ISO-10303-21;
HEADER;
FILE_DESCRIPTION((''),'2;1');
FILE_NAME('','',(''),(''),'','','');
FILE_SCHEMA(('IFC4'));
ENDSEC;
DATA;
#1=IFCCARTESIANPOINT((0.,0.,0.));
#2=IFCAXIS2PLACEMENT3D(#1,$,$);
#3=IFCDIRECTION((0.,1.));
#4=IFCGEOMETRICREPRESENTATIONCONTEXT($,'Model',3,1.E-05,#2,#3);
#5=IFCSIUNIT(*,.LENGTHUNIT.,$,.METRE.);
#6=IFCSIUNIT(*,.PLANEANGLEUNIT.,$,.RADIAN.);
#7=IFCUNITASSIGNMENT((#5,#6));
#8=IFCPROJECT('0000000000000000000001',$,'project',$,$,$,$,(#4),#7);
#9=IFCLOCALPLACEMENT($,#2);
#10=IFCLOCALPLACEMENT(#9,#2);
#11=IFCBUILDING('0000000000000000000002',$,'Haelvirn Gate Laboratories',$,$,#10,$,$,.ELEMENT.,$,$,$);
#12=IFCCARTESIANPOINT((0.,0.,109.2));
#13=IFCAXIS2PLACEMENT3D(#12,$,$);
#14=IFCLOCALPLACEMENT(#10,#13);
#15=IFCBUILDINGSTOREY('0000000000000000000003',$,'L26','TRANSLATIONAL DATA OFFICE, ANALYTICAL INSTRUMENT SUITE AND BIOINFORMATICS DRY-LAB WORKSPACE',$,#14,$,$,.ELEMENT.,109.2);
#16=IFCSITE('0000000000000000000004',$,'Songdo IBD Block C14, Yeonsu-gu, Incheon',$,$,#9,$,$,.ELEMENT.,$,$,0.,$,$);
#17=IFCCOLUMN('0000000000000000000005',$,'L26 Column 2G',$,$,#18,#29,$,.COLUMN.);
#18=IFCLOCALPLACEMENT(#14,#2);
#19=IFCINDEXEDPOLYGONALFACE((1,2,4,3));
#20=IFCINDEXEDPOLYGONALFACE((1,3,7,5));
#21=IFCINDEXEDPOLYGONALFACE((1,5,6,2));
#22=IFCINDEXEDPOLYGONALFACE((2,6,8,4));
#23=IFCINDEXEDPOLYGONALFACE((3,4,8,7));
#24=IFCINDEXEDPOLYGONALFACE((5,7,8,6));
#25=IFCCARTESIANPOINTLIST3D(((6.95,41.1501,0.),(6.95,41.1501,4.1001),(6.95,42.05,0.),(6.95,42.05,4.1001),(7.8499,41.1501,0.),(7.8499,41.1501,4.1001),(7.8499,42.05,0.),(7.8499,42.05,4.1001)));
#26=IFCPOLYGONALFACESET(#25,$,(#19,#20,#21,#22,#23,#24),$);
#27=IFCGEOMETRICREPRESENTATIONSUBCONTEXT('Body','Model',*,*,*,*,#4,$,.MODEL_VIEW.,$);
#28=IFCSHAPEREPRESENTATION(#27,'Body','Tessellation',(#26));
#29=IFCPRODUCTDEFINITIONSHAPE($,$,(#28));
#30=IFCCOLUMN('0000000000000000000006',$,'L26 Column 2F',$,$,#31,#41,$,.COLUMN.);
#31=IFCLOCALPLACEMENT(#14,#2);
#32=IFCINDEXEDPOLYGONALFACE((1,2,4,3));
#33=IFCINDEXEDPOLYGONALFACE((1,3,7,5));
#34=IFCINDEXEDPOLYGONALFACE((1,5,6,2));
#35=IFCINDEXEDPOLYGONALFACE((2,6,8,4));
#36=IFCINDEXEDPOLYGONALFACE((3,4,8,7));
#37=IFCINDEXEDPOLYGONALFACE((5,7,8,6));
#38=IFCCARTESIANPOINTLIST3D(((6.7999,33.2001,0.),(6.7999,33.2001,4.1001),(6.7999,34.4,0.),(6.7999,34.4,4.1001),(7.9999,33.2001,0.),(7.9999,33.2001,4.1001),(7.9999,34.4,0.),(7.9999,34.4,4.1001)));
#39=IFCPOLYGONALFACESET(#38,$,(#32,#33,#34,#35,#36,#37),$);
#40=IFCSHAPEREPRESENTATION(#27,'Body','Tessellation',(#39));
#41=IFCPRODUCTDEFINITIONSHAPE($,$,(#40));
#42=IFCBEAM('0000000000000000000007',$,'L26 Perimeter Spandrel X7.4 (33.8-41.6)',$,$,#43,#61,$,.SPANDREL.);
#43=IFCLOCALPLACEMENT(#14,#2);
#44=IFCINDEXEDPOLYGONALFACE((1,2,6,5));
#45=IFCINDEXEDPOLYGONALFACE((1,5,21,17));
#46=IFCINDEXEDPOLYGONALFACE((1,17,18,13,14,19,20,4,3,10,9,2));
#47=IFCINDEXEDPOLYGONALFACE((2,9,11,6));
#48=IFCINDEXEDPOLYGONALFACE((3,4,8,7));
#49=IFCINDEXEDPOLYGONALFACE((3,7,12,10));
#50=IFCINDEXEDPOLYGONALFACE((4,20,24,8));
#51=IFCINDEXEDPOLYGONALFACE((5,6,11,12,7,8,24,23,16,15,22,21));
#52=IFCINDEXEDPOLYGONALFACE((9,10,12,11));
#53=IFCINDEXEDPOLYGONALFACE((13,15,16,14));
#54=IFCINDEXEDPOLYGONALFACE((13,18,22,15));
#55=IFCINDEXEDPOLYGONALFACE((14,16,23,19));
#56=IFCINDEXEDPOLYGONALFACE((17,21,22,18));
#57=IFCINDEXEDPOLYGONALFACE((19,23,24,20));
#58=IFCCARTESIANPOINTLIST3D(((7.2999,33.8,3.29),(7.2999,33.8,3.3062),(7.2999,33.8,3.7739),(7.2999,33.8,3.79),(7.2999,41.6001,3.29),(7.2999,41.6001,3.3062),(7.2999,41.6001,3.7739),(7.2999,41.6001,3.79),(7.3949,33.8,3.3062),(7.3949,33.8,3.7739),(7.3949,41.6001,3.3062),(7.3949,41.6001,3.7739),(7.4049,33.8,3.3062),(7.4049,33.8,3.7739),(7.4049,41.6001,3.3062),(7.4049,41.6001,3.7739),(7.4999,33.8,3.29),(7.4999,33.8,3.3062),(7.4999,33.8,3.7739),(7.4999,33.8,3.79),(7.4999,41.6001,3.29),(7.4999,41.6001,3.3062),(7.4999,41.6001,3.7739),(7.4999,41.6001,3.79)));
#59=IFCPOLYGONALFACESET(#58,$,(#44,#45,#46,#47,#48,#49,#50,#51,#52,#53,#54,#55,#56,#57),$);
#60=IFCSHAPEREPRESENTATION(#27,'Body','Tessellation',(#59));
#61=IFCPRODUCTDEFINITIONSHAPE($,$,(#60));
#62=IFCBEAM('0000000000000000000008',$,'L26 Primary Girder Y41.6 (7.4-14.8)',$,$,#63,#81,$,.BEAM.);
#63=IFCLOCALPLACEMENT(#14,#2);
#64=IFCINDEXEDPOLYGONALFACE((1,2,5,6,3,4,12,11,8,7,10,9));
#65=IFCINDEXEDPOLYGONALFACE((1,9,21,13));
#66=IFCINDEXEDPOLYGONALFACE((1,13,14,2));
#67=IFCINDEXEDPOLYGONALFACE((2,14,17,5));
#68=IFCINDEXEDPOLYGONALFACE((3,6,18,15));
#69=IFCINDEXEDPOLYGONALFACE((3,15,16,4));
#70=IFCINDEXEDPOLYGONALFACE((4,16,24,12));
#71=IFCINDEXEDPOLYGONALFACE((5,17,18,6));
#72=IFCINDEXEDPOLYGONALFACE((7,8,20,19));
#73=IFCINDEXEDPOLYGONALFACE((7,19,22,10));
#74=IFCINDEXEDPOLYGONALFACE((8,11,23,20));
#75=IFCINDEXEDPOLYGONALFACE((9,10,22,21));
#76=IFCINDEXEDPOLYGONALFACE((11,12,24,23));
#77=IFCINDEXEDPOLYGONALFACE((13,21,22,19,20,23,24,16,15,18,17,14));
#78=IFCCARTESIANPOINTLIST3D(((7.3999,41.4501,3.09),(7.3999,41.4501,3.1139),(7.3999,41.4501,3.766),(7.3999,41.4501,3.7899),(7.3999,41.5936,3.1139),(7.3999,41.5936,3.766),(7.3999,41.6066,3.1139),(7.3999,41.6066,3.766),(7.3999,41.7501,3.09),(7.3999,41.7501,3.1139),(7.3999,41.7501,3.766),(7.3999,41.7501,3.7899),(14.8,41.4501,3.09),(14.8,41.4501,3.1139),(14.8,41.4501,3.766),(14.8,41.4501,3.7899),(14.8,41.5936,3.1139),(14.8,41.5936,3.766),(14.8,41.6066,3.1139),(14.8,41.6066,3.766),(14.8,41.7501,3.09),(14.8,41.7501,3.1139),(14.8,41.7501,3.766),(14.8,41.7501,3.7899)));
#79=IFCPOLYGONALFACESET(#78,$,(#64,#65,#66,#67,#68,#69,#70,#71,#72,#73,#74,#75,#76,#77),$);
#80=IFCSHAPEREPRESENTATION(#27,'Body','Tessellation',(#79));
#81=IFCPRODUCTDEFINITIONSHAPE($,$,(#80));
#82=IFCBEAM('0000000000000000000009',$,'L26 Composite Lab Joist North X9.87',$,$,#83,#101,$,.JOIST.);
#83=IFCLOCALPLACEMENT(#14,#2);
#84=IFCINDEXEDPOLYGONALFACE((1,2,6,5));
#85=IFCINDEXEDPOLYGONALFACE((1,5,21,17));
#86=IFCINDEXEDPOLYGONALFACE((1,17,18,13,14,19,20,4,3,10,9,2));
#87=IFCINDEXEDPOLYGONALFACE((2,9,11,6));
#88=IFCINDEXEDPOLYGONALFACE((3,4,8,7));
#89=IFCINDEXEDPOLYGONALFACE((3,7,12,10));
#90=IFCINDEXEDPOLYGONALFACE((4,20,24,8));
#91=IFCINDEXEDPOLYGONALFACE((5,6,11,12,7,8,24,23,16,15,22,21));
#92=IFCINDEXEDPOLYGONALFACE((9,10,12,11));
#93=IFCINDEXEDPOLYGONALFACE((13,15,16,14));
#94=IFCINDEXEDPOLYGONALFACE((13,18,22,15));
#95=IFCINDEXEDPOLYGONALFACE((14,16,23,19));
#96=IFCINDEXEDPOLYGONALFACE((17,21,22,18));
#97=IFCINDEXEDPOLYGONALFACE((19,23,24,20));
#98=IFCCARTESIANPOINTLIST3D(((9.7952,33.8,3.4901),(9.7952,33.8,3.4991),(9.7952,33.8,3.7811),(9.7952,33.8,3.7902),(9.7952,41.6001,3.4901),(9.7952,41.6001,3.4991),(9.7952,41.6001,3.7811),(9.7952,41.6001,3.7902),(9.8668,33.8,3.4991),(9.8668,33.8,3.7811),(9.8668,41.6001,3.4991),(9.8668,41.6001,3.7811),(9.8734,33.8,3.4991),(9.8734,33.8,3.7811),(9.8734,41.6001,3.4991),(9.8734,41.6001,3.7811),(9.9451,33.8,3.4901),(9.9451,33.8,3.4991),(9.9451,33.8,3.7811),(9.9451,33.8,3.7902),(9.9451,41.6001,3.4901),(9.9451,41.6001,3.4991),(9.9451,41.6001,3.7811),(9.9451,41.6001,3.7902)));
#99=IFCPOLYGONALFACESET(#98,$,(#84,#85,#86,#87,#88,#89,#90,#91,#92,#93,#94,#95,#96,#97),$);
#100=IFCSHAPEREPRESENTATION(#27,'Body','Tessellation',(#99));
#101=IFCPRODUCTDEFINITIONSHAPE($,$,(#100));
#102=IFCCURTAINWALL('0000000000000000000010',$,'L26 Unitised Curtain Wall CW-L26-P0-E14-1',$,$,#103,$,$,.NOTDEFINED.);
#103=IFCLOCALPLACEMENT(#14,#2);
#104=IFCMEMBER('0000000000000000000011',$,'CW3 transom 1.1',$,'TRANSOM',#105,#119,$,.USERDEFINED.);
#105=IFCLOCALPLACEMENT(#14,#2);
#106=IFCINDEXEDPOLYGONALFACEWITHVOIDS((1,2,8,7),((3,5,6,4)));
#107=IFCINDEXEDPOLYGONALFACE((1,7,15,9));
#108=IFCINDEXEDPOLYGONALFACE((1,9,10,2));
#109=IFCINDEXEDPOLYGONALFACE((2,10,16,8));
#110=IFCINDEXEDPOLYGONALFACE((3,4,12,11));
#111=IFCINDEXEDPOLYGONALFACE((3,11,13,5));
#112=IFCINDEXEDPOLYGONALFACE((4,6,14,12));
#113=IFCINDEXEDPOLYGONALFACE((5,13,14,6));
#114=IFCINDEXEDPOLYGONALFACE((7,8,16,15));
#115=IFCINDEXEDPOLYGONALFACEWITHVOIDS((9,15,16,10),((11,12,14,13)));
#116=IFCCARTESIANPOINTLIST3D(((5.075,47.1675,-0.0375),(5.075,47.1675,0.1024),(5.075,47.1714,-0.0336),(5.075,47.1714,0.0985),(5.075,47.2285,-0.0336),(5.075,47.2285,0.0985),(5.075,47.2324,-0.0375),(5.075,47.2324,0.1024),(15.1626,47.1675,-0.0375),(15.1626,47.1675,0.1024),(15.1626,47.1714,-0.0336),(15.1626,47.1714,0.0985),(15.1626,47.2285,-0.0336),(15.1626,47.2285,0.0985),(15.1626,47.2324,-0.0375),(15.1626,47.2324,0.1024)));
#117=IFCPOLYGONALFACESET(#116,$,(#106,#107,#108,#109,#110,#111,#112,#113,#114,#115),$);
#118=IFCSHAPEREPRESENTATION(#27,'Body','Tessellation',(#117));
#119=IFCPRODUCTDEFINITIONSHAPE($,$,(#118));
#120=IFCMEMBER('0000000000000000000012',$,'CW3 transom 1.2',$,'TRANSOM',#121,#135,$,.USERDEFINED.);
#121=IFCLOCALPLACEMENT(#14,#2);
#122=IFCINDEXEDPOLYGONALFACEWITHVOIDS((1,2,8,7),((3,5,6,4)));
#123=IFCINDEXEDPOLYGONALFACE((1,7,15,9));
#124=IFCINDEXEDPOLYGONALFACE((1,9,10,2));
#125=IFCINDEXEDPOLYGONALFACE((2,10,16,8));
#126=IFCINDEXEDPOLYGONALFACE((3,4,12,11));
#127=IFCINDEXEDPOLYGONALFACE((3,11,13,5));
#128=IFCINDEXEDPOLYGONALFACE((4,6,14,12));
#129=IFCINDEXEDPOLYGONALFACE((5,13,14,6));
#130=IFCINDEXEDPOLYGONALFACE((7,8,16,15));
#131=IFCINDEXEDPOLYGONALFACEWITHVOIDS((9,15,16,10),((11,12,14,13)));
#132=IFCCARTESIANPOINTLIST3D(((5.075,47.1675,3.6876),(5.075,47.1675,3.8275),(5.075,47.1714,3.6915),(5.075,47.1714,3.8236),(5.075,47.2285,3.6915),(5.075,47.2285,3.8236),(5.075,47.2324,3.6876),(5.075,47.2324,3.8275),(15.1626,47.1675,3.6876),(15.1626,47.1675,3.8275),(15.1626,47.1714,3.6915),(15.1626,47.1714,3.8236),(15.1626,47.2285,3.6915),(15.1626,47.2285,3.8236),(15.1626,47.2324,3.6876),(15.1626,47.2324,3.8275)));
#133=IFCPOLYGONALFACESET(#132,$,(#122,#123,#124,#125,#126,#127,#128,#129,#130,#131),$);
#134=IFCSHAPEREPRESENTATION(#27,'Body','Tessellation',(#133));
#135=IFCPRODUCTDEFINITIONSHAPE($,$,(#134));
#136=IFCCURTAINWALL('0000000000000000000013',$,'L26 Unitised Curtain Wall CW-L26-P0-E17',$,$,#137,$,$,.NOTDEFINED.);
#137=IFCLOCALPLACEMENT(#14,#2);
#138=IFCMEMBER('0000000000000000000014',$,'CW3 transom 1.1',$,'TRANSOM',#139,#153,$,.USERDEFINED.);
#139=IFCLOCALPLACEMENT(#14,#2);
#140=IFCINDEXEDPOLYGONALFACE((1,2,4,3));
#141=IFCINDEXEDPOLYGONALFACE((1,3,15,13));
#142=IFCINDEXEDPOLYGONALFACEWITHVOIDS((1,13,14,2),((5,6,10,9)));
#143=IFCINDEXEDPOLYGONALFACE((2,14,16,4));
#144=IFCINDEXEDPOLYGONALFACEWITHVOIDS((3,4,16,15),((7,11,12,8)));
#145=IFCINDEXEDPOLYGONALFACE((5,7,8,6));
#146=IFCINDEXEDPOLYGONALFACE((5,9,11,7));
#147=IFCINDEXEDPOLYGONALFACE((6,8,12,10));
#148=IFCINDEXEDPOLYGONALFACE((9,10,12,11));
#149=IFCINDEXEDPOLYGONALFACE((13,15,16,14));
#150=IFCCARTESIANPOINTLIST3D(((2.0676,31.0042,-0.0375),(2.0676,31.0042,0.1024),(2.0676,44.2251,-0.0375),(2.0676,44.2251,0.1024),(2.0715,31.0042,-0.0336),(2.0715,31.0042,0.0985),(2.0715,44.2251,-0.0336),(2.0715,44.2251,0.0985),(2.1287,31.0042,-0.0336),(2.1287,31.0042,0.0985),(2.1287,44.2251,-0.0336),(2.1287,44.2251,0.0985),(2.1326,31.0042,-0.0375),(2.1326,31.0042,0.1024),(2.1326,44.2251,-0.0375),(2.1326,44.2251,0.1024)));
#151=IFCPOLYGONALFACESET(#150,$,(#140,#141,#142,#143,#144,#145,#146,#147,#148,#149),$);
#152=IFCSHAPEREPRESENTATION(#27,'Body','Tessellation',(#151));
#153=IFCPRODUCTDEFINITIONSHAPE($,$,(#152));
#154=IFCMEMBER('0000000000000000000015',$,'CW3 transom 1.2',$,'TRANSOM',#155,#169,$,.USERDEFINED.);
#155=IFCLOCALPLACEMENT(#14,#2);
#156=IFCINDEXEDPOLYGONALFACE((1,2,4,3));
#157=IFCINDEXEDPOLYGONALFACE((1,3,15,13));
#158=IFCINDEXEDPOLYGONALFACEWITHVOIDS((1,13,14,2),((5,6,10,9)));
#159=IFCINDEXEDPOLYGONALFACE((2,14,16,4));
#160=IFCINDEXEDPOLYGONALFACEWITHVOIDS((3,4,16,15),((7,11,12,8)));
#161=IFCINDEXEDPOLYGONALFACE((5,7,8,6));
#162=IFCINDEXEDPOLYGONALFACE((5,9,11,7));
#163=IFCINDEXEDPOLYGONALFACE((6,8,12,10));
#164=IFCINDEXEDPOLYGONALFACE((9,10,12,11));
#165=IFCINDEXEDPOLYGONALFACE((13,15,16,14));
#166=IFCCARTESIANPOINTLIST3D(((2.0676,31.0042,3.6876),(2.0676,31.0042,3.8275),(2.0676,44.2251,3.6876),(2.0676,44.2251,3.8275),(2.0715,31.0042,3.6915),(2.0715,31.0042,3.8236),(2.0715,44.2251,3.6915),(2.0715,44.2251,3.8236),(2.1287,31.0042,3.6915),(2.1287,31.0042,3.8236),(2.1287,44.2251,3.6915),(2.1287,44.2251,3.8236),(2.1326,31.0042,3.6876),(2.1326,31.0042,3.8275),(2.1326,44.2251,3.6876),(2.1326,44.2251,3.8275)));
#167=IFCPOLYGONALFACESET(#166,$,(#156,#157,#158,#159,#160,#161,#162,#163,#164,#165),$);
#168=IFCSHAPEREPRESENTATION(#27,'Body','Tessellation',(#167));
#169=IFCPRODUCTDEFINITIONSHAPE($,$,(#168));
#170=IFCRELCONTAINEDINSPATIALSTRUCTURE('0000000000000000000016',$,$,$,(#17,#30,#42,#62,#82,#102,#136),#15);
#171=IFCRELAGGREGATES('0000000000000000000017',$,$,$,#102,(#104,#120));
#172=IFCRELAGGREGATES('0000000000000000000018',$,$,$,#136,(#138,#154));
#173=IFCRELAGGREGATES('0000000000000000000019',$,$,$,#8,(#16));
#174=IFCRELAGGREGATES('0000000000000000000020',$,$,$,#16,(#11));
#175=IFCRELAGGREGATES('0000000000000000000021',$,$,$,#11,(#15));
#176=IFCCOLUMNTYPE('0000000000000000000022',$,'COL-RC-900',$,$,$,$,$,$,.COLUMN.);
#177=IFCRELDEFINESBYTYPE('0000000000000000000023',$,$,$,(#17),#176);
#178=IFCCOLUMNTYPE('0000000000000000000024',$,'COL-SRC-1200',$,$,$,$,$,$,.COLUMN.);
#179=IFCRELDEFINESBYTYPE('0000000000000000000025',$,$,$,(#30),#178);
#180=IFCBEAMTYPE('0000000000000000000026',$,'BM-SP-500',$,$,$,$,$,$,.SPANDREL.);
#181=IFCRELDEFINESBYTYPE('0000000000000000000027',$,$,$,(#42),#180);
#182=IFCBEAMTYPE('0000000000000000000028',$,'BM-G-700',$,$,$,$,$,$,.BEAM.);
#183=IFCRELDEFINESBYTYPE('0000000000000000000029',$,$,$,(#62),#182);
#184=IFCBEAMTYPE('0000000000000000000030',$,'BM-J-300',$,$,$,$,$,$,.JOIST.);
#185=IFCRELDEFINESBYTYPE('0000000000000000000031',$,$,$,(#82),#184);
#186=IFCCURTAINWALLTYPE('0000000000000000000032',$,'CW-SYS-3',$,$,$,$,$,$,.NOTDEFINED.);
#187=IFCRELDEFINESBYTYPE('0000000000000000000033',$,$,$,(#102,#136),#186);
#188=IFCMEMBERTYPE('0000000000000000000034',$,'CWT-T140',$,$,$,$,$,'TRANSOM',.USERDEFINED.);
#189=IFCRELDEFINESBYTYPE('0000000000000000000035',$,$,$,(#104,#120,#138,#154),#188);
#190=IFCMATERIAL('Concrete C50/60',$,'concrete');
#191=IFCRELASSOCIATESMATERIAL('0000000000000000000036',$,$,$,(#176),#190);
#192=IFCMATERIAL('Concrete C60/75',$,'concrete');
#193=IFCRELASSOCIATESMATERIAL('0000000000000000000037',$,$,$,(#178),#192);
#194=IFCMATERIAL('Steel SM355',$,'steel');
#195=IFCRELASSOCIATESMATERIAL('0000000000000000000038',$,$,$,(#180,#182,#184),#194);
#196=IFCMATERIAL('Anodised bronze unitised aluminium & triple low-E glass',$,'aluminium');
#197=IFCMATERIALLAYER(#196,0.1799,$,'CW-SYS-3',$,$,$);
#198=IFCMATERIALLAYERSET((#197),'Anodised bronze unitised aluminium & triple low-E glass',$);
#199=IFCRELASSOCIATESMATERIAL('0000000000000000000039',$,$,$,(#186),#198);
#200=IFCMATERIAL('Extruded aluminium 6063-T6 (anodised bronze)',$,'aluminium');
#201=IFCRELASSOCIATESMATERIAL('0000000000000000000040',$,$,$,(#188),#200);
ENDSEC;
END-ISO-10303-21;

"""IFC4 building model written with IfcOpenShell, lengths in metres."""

from ifc_helpers import new_model, si_unit, direction, frame, origin, origin_2d, place, context, subcontext, project, spatial, rectangle, hollow_rectangle, i_section, extrude, source, transform, mapped, material, layer, layer_set, material_profile, profile_set, type_object, type_shapes, element, aggregate, save


model = new_model("IFC4")

# Units and contexts
model_context = context("Model", 3, precision=1e-05, world=origin(), true_north=direction((0.0, 1.0)))
body_context = subcontext(model_context, "Body", "Model", "MODEL_VIEW")
ifc_project = project(units=[si_unit("LENGTHUNIT", "METRE"), si_unit("PLANEANGLEUNIT", "RADIAN")], contexts=[model_context])

# Site, building, storey
site_placement = place(None, origin())
site = spatial("IfcSite", under=ifc_project, at=site_placement, Name="Songdo IBD Block C14, Yeonsu-gu, Incheon", CompositionType="ELEMENT", RefElevation=0.0)
building_placement = place(site_placement, origin())
building = spatial("IfcBuilding", under=site, at=building_placement, Name="Haelvirn Gate Laboratories", CompositionType="ELEMENT")
storey_placement = place(building_placement, frame((0.0, 0.0, 109.2)))
storey = spatial("IfcBuildingStorey", under=building, at=storey_placement, Name="L26", Description="TRANSLATIONAL DATA OFFICE, ANALYTICAL INSTRUMENT SUITE AND BIOINFORMATICS DRY-LAB WORKSPACE", CompositionType="ELEMENT", Elevation=109.2)

# Columns
ifc_material_1 = material(Name="Concrete C50/60", Category="concrete")
ifc_material_profile_1 = material_profile(ifc_material_1, rectangle(XDim=0.8999, YDim=0.8999, at=origin_2d()), Name="RC-900x900")
ifc_profile_set_1 = profile_set([ifc_material_profile_1], Name="Concrete C50/60")
column_type_1 = type_object("IfcColumnType", Name="COL-RC-900", PredefinedType="COLUMN", material=ifc_profile_set_1)
shared_shape_1 = source(origin(), body_context, "Body", "SweptSolid", [
    extrude(rectangle(XDim=0.8999, YDim=0.8999, at=origin_2d()), origin(), (0.0, 0.0, 1.0), 4.1001),
])
type_shapes(column_type_1, [shared_shape_1])
column_1_placement = place(storey_placement, frame((7.3999, 41.6001, 0.0), z_axis=(0.0, 0.0, 1.0), x_axis=(1.0, 0.0, 0.0)))
element("IfcColumn", 1, at=column_1_placement, inside=storey, type_object=column_type_1, Name="L26 Column 2G", PredefinedType="COLUMN", context=body_context, shape_type="MappedRepresentation", body=[
    mapped(shared_shape_1, transform((0.0, 0.0, 0.0), scale=1.0)),
])
ifc_material_2 = material(Name="Concrete C60/75", Category="concrete")
ifc_material_profile_2 = material_profile(ifc_material_2, rectangle(XDim=1.2, YDim=1.2, at=origin_2d()), Name="SRC-1200x1200")
ifc_profile_set_2 = profile_set([ifc_material_profile_2], Name="Concrete C60/75")
column_type_2 = type_object("IfcColumnType", Name="COL-SRC-1200", PredefinedType="COLUMN", material=ifc_profile_set_2)
shared_shape_2 = source(origin(), body_context, "Body", "SweptSolid", [
    extrude(rectangle(XDim=1.2, YDim=1.2, at=origin_2d()), origin(), (0.0, 0.0, 1.0), 4.1001),
])
type_shapes(column_type_2, [shared_shape_2])
column_2_placement = place(storey_placement, frame((7.3999, 33.8, 0.0), z_axis=(0.0, 0.0, 1.0), x_axis=(1.0, 0.0, 0.0)))
element("IfcColumn", 2, at=column_2_placement, inside=storey, type_object=column_type_2, Name="L26 Column 2F", PredefinedType="COLUMN", context=body_context, shape_type="MappedRepresentation", body=[
    mapped(shared_shape_2, transform((0.0, 0.0, 0.0), scale=1.0)),
])

# Beams
ifc_material_3 = material(Name="Steel SM355", Category="steel")
ifc_material_profile_3 = material_profile(ifc_material_3, i_section(OverallWidth=0.2, OverallDepth=0.5, WebThickness=0.01, FlangeThickness=0.0161, at=origin_2d()), Name="H-500x200x10x16")
ifc_profile_set_3 = profile_set([ifc_material_profile_3], Name="Steel SM355")
beam_type_1 = type_object("IfcBeamType", Name="BM-SP-500", PredefinedType="SPANDREL", material=ifc_profile_set_3)
shared_shape_3 = source(origin(), body_context, "Body", "SweptSolid", [
    extrude(i_section(OverallWidth=0.2, OverallDepth=0.5, WebThickness=0.01, FlangeThickness=0.0161, at=origin_2d()), origin(), (0.0, 0.0, 1.0), 7.8),
])
type_shapes(beam_type_1, [shared_shape_3])
beam_1_placement = place(storey_placement, frame((7.3999, 33.8, 3.54), z_axis=(0.0, 1.0, 0.0), x_axis=(-1.0, 0.0, 0.0)))
element("IfcBeam", 3, at=beam_1_placement, inside=storey, type_object=beam_type_1, Name="L26 Perimeter Spandrel X7.4 (33.8-41.6)", PredefinedType="SPANDREL", context=body_context, shape_type="MappedRepresentation", body=[
    mapped(shared_shape_3, transform((0.0, 0.0, 0.0), scale=1.0)),
])
ifc_material_profile_4 = material_profile(ifc_material_3, i_section(OverallWidth=0.3, OverallDepth=0.7, WebThickness=0.0129, FlangeThickness=0.0239, at=origin_2d()), Name="H-700x300x13x24")
ifc_profile_set_4 = profile_set([ifc_material_profile_4], Name="Steel SM355")
beam_type_2 = type_object("IfcBeamType", Name="BM-G-700", PredefinedType="BEAM", material=ifc_profile_set_4)
shared_shape_4 = source(origin(), body_context, "Body", "SweptSolid", [
    extrude(i_section(OverallWidth=0.3, OverallDepth=0.7, WebThickness=0.0129, FlangeThickness=0.0239, at=origin_2d()), origin(), (0.0, 0.0, 1.0), 7.4001),
])
type_shapes(beam_type_2, [shared_shape_4])
beam_2_placement = place(storey_placement, frame((7.3999, 41.6001, 3.4399), z_axis=(1.0, 0.0, 0.0), x_axis=(0.0, 1.0, 0.0)))
element("IfcBeam", 4, at=beam_2_placement, inside=storey, type_object=beam_type_2, Name="L26 Primary Girder Y41.6 (7.4-14.8)", PredefinedType="BEAM", context=body_context, shape_type="MappedRepresentation", body=[
    mapped(shared_shape_4, transform((0.0, 0.0, 0.0), scale=1.0)),
])
ifc_material_profile_5 = material_profile(ifc_material_3, i_section(OverallWidth=0.1499, OverallDepth=0.3, WebThickness=0.0066, FlangeThickness=0.009, at=origin_2d()), Name="H-300x150x6.5x9")
ifc_profile_set_5 = profile_set([ifc_material_profile_5], Name="Steel SM355")
beam_type_3 = type_object("IfcBeamType", Name="BM-J-300", PredefinedType="JOIST", material=ifc_profile_set_5)
shared_shape_5 = source(origin(), body_context, "Body", "SweptSolid", [
    extrude(i_section(OverallWidth=0.1499, OverallDepth=0.3, WebThickness=0.0066, FlangeThickness=0.009, at=origin_2d()), origin(), (0.0, 0.0, 1.0), 7.8),
])
type_shapes(beam_type_3, [shared_shape_5])
beam_3_placement = place(storey_placement, frame((9.8701, 33.8, 3.6401), z_axis=(0.0, 1.0, 0.0), x_axis=(-1.0, 0.0, 0.0)))
element("IfcBeam", 5, at=beam_3_placement, inside=storey, type_object=beam_type_3, Name="L26 Composite Lab Joist North X9.87", PredefinedType="JOIST", context=body_context, shape_type="MappedRepresentation", body=[
    mapped(shared_shape_5, transform((0.0, 0.0, 0.0), scale=1.0)),
])

# Curtain walls, members
ifc_material_4 = material(Name="Anodised bronze unitised aluminium & triple low-E glass", Category="aluminium")
ifc_layer_1 = layer(ifc_material_4, 0.1799, Name="CW-SYS-3")
ifc_layer_set_1 = layer_set([ifc_layer_1], Name="Anodised bronze unitised aluminium & triple low-E glass")
curtain_wall_type_1 = type_object("IfcCurtainWallType", Name="CW-SYS-3", PredefinedType="NOTDEFINED", material=ifc_layer_set_1)
curtain_wall_1_placement = place(storey_placement, origin())
curtain_wall_1 = element("IfcCurtainWall", 6, at=curtain_wall_1_placement, inside=storey, type_object=curtain_wall_type_1, Name="L26 Unitised Curtain Wall CW-L26-P0-E14-1", PredefinedType="NOTDEFINED")
ifc_material_5 = material(Name="Extruded aluminium 6063-T6 (anodised bronze)", Category="aluminium")
ifc_material_profile_6 = material_profile(ifc_material_5, hollow_rectangle(XDim=0.0649, YDim=0.1399, WallThickness=0.0039, at=origin_2d()), Name="CWT-140x65x4")
ifc_profile_set_6 = profile_set([ifc_material_profile_6], Name="Extruded aluminium 6063-T6 (anodised bronze)")
member_type_1 = type_object("IfcMemberType", Name="CWT-T140", ElementType="TRANSOM", PredefinedType="USERDEFINED", material=ifc_profile_set_6)
shared_shape_6 = source(origin(), body_context, "Body", "SweptSolid", [
    extrude(hollow_rectangle(XDim=0.0649, YDim=0.1399, WallThickness=0.0039, at=origin_2d()), origin(), (0.0, 0.0, 1.0), 10.0876),
])
member_1_placement = place(storey_placement, frame((5.075, 47.2, 0.0325), z_axis=(1.0, 0.0, 0.0), x_axis=(0.0, 1.0, 0.0)))
member_1 = element("IfcMember", 7, at=member_1_placement, type_object=member_type_1, Name="CW3 transom 1.1", ObjectType="TRANSOM", PredefinedType="USERDEFINED", context=body_context, shape_type="MappedRepresentation", body=[
    mapped(shared_shape_6, transform((0.0, 0.0, 0.0), scale=1.0)),
])
member_2_placement = place(storey_placement, frame((5.075, 47.2, 3.7576), z_axis=(1.0, 0.0, 0.0), x_axis=(0.0, 1.0, 0.0)))
member_2 = element("IfcMember", 8, at=member_2_placement, type_object=member_type_1, Name="CW3 transom 1.2", ObjectType="TRANSOM", PredefinedType="USERDEFINED", context=body_context, shape_type="MappedRepresentation", body=[
    mapped(shared_shape_6, transform((0.0, 0.0, 0.0), scale=1.0)),
])
curtain_wall_2_placement = place(storey_placement, origin())
curtain_wall_2 = element("IfcCurtainWall", 9, at=curtain_wall_2_placement, inside=storey, type_object=curtain_wall_type_1, Name="L26 Unitised Curtain Wall CW-L26-P0-E17", PredefinedType="NOTDEFINED")
shared_shape_7 = source(origin(), body_context, "Body", "SweptSolid", [
    extrude(hollow_rectangle(XDim=0.0649, YDim=0.1399, WallThickness=0.0039, at=origin_2d()), origin(), (0.0, 0.0, 1.0), 13.2209),
])
member_3_placement = place(storey_placement, frame((2.1001, 44.2251, 0.0325), z_axis=(0.0, -1.0, 0.0), x_axis=(1.0, 0.0, 0.0)))
member_3 = element("IfcMember", 10, at=member_3_placement, type_object=member_type_1, Name="CW3 transom 1.1", ObjectType="TRANSOM", PredefinedType="USERDEFINED", context=body_context, shape_type="MappedRepresentation", body=[
    mapped(shared_shape_7, transform((0.0, 0.0, 0.0), scale=1.0)),
])
member_4_placement = place(storey_placement, frame((2.1001, 44.2251, 3.7576), z_axis=(0.0, -1.0, 0.0), x_axis=(1.0, 0.0, 0.0)))
member_4 = element("IfcMember", 11, at=member_4_placement, type_object=member_type_1, Name="CW3 transom 1.2", ObjectType="TRANSOM", PredefinedType="USERDEFINED", context=body_context, shape_type="MappedRepresentation", body=[
    mapped(shared_shape_7, transform((0.0, 0.0, 0.0), scale=1.0)),
])

aggregate(curtain_wall_1, [member_1, member_2])
aggregate(curtain_wall_2, [member_3, member_4])

save(model, "model.ifc")
